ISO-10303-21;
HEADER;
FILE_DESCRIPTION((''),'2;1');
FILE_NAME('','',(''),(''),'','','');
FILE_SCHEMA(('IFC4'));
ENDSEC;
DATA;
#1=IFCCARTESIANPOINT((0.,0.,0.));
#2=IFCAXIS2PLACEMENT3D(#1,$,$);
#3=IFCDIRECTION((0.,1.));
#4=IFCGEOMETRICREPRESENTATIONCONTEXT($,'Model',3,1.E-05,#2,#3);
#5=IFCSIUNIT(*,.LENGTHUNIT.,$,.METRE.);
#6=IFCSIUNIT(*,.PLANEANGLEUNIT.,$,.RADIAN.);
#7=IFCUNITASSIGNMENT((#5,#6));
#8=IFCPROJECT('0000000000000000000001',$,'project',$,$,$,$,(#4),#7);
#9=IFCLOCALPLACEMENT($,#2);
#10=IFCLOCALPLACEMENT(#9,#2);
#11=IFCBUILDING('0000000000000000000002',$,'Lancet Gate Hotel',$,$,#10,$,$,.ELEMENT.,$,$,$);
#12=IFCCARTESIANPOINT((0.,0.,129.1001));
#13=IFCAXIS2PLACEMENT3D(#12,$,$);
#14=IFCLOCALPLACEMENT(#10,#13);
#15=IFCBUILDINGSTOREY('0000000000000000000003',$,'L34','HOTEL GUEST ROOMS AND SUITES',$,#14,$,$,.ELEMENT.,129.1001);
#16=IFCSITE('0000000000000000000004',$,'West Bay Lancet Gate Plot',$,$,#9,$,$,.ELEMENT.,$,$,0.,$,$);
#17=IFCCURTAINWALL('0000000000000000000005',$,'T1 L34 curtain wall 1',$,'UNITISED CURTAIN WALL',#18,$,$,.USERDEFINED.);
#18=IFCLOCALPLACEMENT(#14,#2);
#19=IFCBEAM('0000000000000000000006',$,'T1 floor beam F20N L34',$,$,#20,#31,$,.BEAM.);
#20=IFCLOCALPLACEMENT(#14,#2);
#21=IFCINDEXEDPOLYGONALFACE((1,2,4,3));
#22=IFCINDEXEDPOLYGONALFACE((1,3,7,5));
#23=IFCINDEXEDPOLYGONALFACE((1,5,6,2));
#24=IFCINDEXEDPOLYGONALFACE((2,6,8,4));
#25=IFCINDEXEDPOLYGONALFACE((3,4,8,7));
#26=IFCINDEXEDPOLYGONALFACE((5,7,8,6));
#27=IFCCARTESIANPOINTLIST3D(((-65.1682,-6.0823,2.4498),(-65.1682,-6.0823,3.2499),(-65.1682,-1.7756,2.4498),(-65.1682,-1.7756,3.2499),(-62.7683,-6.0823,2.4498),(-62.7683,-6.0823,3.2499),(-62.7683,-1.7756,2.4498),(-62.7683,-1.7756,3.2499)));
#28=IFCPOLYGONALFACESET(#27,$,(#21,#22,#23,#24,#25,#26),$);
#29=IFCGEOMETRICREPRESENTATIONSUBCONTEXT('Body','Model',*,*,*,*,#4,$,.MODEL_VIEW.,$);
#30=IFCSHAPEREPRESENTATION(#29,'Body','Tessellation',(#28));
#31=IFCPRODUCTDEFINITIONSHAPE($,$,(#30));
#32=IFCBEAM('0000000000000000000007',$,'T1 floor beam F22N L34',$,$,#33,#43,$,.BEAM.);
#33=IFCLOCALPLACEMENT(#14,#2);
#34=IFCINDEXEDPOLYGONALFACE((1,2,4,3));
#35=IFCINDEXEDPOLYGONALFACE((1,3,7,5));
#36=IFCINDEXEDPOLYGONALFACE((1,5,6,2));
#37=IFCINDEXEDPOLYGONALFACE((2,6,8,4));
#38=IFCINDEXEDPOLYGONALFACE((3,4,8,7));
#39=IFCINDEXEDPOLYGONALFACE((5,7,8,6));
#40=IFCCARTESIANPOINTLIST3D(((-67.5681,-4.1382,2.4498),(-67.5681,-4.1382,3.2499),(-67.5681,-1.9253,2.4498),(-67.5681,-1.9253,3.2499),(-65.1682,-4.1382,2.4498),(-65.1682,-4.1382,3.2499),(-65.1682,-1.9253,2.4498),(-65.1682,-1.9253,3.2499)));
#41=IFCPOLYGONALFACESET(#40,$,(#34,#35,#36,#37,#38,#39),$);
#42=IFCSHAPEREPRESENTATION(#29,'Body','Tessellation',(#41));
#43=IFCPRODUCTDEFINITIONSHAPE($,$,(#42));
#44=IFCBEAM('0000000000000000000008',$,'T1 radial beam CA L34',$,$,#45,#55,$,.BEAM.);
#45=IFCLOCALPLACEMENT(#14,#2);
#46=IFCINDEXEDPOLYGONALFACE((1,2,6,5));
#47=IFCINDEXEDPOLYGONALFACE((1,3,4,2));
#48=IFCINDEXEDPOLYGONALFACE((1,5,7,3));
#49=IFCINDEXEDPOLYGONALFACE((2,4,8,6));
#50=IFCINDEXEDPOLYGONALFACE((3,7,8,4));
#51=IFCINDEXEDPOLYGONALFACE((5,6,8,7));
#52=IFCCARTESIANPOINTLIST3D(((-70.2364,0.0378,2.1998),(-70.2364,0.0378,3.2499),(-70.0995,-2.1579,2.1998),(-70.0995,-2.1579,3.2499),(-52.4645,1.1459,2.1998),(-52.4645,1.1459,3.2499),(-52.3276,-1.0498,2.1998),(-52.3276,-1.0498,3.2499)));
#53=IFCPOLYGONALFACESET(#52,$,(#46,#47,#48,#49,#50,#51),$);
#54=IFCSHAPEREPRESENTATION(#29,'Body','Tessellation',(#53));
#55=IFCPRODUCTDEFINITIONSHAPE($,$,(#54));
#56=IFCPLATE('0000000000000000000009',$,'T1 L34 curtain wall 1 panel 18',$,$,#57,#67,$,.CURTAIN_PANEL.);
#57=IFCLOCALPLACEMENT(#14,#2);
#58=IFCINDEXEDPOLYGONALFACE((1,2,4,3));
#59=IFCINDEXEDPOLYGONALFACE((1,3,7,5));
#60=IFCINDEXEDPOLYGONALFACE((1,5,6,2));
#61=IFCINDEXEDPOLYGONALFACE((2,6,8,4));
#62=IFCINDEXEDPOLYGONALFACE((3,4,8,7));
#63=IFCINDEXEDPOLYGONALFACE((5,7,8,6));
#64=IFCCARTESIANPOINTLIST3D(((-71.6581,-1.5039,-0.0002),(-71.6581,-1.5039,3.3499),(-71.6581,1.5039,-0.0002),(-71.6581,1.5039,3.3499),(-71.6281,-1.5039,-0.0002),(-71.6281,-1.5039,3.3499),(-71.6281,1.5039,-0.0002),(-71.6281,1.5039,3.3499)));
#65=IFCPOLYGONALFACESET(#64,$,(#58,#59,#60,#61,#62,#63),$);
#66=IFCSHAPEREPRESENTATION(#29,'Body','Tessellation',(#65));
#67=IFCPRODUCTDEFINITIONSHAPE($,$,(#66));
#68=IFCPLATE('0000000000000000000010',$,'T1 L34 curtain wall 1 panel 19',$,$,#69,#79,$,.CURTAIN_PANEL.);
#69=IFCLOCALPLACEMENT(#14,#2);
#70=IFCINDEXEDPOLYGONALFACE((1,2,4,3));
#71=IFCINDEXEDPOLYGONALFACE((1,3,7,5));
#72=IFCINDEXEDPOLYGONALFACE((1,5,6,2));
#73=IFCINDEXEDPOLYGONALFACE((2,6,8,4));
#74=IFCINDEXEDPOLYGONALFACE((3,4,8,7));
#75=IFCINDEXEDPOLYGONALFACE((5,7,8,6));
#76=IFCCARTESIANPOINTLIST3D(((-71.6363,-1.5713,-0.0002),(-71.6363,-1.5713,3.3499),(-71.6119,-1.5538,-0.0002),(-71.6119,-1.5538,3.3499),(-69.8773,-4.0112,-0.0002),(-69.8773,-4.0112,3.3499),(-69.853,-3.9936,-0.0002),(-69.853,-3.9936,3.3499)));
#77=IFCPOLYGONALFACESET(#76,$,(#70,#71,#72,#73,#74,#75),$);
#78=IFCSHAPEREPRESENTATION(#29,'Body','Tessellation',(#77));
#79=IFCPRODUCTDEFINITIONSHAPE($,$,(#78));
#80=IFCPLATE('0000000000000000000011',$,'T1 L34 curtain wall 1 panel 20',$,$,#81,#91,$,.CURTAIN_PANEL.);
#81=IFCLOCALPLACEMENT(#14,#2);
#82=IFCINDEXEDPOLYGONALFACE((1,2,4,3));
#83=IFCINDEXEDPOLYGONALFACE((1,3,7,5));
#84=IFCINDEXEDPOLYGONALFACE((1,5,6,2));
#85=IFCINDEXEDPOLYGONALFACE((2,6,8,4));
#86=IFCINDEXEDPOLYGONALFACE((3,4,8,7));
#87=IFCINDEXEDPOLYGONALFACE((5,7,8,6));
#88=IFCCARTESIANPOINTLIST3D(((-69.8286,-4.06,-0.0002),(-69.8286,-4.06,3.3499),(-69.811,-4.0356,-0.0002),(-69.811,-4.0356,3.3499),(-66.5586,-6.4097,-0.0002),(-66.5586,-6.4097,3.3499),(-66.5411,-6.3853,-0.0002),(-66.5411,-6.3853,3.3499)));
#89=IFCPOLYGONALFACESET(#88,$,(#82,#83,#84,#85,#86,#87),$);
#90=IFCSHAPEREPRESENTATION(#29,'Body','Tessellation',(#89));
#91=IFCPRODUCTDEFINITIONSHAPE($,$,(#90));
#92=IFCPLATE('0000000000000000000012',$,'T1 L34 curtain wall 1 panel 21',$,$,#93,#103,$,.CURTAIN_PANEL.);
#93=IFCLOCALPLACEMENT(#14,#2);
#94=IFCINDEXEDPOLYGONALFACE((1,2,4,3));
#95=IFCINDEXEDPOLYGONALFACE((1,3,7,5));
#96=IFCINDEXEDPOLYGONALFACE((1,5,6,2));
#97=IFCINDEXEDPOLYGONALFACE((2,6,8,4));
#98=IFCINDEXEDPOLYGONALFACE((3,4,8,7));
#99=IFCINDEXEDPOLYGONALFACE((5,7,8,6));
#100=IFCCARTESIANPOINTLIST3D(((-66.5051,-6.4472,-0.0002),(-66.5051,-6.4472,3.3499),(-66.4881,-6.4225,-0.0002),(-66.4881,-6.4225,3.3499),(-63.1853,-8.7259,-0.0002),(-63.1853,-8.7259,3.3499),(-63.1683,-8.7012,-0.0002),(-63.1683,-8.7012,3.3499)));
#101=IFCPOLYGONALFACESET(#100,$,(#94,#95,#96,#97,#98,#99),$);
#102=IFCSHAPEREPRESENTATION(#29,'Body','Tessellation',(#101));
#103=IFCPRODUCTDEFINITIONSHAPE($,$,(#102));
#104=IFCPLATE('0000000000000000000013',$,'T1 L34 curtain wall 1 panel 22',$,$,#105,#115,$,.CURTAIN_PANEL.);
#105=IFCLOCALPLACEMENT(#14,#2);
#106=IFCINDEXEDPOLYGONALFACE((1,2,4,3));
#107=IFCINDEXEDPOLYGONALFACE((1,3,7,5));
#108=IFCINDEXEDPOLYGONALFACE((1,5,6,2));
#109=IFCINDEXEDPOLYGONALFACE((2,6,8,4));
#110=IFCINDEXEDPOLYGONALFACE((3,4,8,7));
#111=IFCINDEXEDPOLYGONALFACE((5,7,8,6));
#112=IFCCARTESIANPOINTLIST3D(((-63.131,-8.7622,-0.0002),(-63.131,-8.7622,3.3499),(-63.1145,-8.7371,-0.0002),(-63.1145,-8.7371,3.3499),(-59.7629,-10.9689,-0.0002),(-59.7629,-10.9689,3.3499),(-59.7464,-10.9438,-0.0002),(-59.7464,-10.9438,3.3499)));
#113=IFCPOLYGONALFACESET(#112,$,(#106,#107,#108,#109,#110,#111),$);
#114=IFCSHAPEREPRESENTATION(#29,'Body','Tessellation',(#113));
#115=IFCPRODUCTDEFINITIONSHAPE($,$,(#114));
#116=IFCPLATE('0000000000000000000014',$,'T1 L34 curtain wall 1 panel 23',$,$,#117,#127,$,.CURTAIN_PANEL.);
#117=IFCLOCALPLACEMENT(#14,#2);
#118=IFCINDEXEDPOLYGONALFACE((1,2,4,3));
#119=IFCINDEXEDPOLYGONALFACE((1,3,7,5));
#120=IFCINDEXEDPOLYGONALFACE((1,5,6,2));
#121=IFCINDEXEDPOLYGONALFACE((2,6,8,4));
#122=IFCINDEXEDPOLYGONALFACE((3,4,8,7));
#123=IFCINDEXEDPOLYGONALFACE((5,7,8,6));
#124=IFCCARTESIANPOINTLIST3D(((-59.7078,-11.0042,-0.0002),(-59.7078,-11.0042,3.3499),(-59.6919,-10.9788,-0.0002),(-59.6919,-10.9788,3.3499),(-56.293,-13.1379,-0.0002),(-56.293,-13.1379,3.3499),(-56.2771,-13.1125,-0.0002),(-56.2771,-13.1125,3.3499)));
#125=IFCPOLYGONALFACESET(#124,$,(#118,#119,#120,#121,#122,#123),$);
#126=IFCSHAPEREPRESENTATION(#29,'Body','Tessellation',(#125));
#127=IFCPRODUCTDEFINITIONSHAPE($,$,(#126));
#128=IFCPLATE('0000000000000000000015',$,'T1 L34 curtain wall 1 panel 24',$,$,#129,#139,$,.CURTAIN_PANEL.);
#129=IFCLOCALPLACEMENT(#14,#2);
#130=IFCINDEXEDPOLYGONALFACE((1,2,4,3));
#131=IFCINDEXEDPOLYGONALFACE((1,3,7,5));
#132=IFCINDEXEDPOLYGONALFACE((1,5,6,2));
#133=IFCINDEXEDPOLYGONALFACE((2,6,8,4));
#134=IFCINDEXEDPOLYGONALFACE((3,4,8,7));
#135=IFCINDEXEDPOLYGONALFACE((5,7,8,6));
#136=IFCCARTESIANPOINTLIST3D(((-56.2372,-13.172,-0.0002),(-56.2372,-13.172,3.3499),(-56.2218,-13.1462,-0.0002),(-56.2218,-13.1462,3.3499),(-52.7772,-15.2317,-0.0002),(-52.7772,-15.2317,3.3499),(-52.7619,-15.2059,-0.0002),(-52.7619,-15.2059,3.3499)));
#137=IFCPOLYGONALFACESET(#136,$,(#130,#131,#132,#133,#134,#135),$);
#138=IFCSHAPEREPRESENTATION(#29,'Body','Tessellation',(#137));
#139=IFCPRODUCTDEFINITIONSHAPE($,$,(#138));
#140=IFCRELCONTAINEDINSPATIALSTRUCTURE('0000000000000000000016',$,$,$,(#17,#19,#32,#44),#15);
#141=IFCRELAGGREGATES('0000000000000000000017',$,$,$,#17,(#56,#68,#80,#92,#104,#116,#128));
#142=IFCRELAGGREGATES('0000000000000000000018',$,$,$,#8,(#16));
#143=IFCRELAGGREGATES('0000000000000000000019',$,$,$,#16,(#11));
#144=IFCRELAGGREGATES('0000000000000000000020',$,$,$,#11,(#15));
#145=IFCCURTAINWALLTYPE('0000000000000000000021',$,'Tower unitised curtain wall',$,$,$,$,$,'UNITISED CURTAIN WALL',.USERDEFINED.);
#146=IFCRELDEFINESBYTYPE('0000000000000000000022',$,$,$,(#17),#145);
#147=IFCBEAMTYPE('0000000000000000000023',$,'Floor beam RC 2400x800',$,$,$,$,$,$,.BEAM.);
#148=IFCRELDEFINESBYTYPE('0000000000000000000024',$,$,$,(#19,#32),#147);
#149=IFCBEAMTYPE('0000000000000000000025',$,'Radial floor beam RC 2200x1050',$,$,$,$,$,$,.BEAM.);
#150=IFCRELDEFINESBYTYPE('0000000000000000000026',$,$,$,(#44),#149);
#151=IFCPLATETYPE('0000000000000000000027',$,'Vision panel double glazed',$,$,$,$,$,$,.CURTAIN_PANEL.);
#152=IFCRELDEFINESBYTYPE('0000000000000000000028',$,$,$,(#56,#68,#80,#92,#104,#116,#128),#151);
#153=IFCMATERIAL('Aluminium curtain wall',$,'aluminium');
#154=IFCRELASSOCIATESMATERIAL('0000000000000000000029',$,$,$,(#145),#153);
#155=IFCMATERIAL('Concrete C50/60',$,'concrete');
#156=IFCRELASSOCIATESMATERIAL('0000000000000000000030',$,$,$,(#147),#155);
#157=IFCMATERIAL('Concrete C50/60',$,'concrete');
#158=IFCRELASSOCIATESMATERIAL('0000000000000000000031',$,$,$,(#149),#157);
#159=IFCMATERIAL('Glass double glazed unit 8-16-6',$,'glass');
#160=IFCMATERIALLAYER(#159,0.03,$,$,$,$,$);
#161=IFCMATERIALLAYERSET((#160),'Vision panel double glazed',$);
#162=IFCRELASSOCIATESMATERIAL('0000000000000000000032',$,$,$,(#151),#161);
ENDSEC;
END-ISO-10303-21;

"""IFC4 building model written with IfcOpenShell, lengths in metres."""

from ifc_helpers import new_model, si_unit, direction, frame, origin, origin_2d, place, context, subcontext, project, spatial, rectangle, extrude, material, layer, layer_set, material_profile, profile_set, type_object, element, aggregate, save


model = new_model("IFC4")

# Units and contexts
model_context = context("Model", 3, precision=1e-05, world=origin(), true_north=direction((0.0, 1.0)))
body_context = subcontext(model_context, "Body", "Model", "MODEL_VIEW")
ifc_project = project(units=[si_unit("LENGTHUNIT", "METRE"), si_unit("PLANEANGLEUNIT", "RADIAN")], contexts=[model_context])

# Site, building, storey
site_placement = place(None, origin())
site = spatial("IfcSite", under=ifc_project, at=site_placement, Name="West Bay Lancet Gate Plot", CompositionType="ELEMENT", RefElevation=0.0)
building_placement = place(site_placement, origin())
building = spatial("IfcBuilding", under=site, at=building_placement, Name="Lancet Gate Hotel", CompositionType="ELEMENT")
storey_placement = place(building_placement, frame((0.0, 0.0, 129.1001)))
storey = spatial("IfcBuildingStorey", under=building, at=storey_placement, Name="L34", Description="HOTEL GUEST ROOMS AND SUITES", CompositionType="ELEMENT", Elevation=129.1001)

# Curtain wall
ifc_material_1 = material(Name="Aluminium curtain wall", Category="aluminium")
curtain_wall_type = type_object("IfcCurtainWallType", Name="Tower unitised curtain wall", ElementType="UNITISED CURTAIN WALL", PredefinedType="USERDEFINED", material=ifc_material_1)
curtain_wall_placement = place(storey_placement, origin())
curtain_wall = element("IfcCurtainWall", 1, at=curtain_wall_placement, inside=storey, type_object=curtain_wall_type, Name="T1 L34 curtain wall 1", ObjectType="UNITISED CURTAIN WALL", PredefinedType="USERDEFINED")

# Beams
ifc_material_2 = material(Name="Concrete C50/60", Category="concrete")
ifc_material_profile_1 = material_profile(ifc_material_2, rectangle(XDim=2.3999, YDim=0.8, at=origin_2d()), Name="RC 2400x800")
ifc_profile_set_1 = profile_set([ifc_material_profile_1], Name="Concrete C50/60")
beam_type_1 = type_object("IfcBeamType", Name="Floor beam RC 2400x800", PredefinedType="BEAM", material=ifc_profile_set_1)
beam_1_placement = place(storey_placement, frame((-63.9683, -1.7756, 2.8499), z_axis=(0.0, -1.0, 0.0), x_axis=(1.0, 0.0, 0.0)))
element("IfcBeam", 2, at=beam_1_placement, inside=storey, type_object=beam_type_1, Name="T1 floor beam F20N L34", PredefinedType="BEAM", context=body_context, shape_type="SweptSolid", body=[
    extrude(rectangle(XDim=2.3999, YDim=0.8, at=origin_2d()), origin(), (0.0, 0.0, 1.0), 4.3066),
])
beam_2_placement = place(storey_placement, frame((-66.3682, -1.9253, 2.8499), z_axis=(0.0, -1.0, 0.0), x_axis=(1.0, 0.0, 0.0)))
element("IfcBeam", 3, at=beam_2_placement, inside=storey, type_object=beam_type_1, Name="T1 floor beam F22N L34", PredefinedType="BEAM", context=body_context, shape_type="SweptSolid", body=[
    extrude(rectangle(XDim=2.3999, YDim=0.8, at=origin_2d()), origin(), (0.0, 0.0, 1.0), 2.2129),
])
ifc_material_3 = material(Name="Concrete C50/60", Category="concrete")
ifc_material_profile_2 = material_profile(ifc_material_3, rectangle(XDim=2.2, YDim=1.05, at=origin_2d()), Name="RC 2200x1050")
ifc_profile_set_2 = profile_set([ifc_material_profile_2], Name="Concrete C50/60")
beam_type_2 = type_object("IfcBeamType", Name="Radial floor beam RC 2200x1050", PredefinedType="BEAM", material=ifc_profile_set_2)
beam_3_placement = place(storey_placement, frame((-70.168, -1.0601, 2.7249), z_axis=(0.998062, 0.062233, 0.0), x_axis=(-0.062233, 0.998062, 0.0)))
element("IfcBeam", 4, at=beam_3_placement, inside=storey, type_object=beam_type_2, Name="T1 radial beam CA L34", PredefinedType="BEAM", context=body_context, shape_type="SweptSolid", body=[
    extrude(rectangle(XDim=2.2, YDim=1.05, at=origin_2d()), origin(), (0.0, 0.0, 1.0), 17.8064),
])

# Plates
ifc_material_4 = material(Name="Glass double glazed unit 8-16-6", Category="glass")
ifc_layer = layer(ifc_material_4, 0.03)
ifc_layer_set = layer_set([ifc_layer], Name="Vision panel double glazed")
plate_type = type_object("IfcPlateType", Name="Vision panel double glazed", PredefinedType="CURTAIN_PANEL", material=ifc_layer_set)
plate_1_placement = place(storey_placement, frame((-71.6431, 0.0, -0.0002), z_axis=(0.0, 0.0, 1.0), x_axis=(0.0, -1.0, 0.0)))
plate_1 = element("IfcPlate", 5, at=plate_1_placement, type_object=plate_type, Name="T1 L34 curtain wall 1 panel 18", PredefinedType="CURTAIN_PANEL", context=body_context, shape_type="SweptSolid", body=[
    extrude(rectangle(XDim=3.0078, YDim=0.03, at=origin_2d()), origin(), (0.0, 0.0, 1.0), 3.3501),
])
plate_2_placement = place(storey_placement, frame((-70.7446, -2.7825, -0.0002), z_axis=(0.0, 0.0, 1.0), x_axis=(0.584809, -0.811171, 0.0)))
plate_2 = element("IfcPlate", 6, at=plate_2_placement, type_object=plate_type, Name="T1 L34 curtain wall 1 panel 19", PredefinedType="CURTAIN_PANEL", context=body_context, shape_type="SweptSolid", body=[
    extrude(rectangle(XDim=3.0078, YDim=0.03, at=origin_2d()), origin(), (0.0, 0.0, 1.0), 3.3501),
])
plate_3_placement = place(storey_placement, frame((-68.1848, -5.2227, -0.0002), z_axis=(0.0, 0.0, 1.0), x_axis=(0.812093, -0.583528, 0.0)))
plate_3 = element("IfcPlate", 7, at=plate_3_placement, type_object=plate_type, Name="T1 L34 curtain wall 1 panel 20", PredefinedType="CURTAIN_PANEL", context=body_context, shape_type="SweptSolid", body=[
    extrude(rectangle(XDim=4.0266, YDim=0.03, at=origin_2d()), origin(), (0.0, 0.0, 1.0), 3.3501),
])
plate_4_placement = place(storey_placement, frame((-64.8367, -7.5742, -0.0002), z_axis=(0.0, 0.0, 1.0), x_axis=(0.824466, -0.565911, 0.0)))
plate_4 = element("IfcPlate", 8, at=plate_4_placement, type_object=plate_type, Name="T1 L34 curtain wall 1 panel 21", PredefinedType="CURTAIN_PANEL", context=body_context, shape_type="SweptSolid", body=[
    extrude(rectangle(XDim=4.0266, YDim=0.03, at=origin_2d()), origin(), (0.0, 0.0, 1.0), 3.3501),
])
plate_5_placement = place(storey_placement, frame((-61.4387, -9.853, -0.0002), z_axis=(0.0, 0.0, 1.0), x_axis=(0.836458, -0.548032, 0.0)))
plate_5 = element("IfcPlate", 9, at=plate_5_placement, type_object=plate_type, Name="T1 L34 curtain wall 1 panel 22", PredefinedType="CURTAIN_PANEL", context=body_context, shape_type="SweptSolid", body=[
    extrude(rectangle(XDim=4.0266, YDim=0.03, at=origin_2d()), origin(), (0.0, 0.0, 1.0), 3.3501),
])
plate_6_placement = place(storey_placement, frame((-57.9924, -12.0583, -0.0002), z_axis=(0.0, 0.0, 1.0), x_axis=(0.848061, -0.529899, 0.0)))
plate_6 = element("IfcPlate", 10, at=plate_6_placement, type_object=plate_type, Name="T1 L34 curtain wall 1 panel 23", PredefinedType="CURTAIN_PANEL", context=body_context, shape_type="SweptSolid", body=[
    extrude(rectangle(XDim=4.0266, YDim=0.03, at=origin_2d()), origin(), (0.0, 0.0, 1.0), 3.3501),
])
plate_7_placement = place(storey_placement, frame((-54.4995, -14.189, -0.0002), z_axis=(0.0, 0.0, 1.0), x_axis=(0.859271, -0.51152, 0.0)))
plate_7 = element("IfcPlate", 11, at=plate_7_placement, type_object=plate_type, Name="T1 L34 curtain wall 1 panel 24", PredefinedType="CURTAIN_PANEL", context=body_context, shape_type="SweptSolid", body=[
    extrude(rectangle(XDim=4.0266, YDim=0.03, at=origin_2d()), origin(), (0.0, 0.0, 1.0), 3.3501),
])
aggregate(curtain_wall, [plate_1, plate_2, plate_3, plate_4, plate_5, plate_6, plate_7])

save(model, "model.ifc")
